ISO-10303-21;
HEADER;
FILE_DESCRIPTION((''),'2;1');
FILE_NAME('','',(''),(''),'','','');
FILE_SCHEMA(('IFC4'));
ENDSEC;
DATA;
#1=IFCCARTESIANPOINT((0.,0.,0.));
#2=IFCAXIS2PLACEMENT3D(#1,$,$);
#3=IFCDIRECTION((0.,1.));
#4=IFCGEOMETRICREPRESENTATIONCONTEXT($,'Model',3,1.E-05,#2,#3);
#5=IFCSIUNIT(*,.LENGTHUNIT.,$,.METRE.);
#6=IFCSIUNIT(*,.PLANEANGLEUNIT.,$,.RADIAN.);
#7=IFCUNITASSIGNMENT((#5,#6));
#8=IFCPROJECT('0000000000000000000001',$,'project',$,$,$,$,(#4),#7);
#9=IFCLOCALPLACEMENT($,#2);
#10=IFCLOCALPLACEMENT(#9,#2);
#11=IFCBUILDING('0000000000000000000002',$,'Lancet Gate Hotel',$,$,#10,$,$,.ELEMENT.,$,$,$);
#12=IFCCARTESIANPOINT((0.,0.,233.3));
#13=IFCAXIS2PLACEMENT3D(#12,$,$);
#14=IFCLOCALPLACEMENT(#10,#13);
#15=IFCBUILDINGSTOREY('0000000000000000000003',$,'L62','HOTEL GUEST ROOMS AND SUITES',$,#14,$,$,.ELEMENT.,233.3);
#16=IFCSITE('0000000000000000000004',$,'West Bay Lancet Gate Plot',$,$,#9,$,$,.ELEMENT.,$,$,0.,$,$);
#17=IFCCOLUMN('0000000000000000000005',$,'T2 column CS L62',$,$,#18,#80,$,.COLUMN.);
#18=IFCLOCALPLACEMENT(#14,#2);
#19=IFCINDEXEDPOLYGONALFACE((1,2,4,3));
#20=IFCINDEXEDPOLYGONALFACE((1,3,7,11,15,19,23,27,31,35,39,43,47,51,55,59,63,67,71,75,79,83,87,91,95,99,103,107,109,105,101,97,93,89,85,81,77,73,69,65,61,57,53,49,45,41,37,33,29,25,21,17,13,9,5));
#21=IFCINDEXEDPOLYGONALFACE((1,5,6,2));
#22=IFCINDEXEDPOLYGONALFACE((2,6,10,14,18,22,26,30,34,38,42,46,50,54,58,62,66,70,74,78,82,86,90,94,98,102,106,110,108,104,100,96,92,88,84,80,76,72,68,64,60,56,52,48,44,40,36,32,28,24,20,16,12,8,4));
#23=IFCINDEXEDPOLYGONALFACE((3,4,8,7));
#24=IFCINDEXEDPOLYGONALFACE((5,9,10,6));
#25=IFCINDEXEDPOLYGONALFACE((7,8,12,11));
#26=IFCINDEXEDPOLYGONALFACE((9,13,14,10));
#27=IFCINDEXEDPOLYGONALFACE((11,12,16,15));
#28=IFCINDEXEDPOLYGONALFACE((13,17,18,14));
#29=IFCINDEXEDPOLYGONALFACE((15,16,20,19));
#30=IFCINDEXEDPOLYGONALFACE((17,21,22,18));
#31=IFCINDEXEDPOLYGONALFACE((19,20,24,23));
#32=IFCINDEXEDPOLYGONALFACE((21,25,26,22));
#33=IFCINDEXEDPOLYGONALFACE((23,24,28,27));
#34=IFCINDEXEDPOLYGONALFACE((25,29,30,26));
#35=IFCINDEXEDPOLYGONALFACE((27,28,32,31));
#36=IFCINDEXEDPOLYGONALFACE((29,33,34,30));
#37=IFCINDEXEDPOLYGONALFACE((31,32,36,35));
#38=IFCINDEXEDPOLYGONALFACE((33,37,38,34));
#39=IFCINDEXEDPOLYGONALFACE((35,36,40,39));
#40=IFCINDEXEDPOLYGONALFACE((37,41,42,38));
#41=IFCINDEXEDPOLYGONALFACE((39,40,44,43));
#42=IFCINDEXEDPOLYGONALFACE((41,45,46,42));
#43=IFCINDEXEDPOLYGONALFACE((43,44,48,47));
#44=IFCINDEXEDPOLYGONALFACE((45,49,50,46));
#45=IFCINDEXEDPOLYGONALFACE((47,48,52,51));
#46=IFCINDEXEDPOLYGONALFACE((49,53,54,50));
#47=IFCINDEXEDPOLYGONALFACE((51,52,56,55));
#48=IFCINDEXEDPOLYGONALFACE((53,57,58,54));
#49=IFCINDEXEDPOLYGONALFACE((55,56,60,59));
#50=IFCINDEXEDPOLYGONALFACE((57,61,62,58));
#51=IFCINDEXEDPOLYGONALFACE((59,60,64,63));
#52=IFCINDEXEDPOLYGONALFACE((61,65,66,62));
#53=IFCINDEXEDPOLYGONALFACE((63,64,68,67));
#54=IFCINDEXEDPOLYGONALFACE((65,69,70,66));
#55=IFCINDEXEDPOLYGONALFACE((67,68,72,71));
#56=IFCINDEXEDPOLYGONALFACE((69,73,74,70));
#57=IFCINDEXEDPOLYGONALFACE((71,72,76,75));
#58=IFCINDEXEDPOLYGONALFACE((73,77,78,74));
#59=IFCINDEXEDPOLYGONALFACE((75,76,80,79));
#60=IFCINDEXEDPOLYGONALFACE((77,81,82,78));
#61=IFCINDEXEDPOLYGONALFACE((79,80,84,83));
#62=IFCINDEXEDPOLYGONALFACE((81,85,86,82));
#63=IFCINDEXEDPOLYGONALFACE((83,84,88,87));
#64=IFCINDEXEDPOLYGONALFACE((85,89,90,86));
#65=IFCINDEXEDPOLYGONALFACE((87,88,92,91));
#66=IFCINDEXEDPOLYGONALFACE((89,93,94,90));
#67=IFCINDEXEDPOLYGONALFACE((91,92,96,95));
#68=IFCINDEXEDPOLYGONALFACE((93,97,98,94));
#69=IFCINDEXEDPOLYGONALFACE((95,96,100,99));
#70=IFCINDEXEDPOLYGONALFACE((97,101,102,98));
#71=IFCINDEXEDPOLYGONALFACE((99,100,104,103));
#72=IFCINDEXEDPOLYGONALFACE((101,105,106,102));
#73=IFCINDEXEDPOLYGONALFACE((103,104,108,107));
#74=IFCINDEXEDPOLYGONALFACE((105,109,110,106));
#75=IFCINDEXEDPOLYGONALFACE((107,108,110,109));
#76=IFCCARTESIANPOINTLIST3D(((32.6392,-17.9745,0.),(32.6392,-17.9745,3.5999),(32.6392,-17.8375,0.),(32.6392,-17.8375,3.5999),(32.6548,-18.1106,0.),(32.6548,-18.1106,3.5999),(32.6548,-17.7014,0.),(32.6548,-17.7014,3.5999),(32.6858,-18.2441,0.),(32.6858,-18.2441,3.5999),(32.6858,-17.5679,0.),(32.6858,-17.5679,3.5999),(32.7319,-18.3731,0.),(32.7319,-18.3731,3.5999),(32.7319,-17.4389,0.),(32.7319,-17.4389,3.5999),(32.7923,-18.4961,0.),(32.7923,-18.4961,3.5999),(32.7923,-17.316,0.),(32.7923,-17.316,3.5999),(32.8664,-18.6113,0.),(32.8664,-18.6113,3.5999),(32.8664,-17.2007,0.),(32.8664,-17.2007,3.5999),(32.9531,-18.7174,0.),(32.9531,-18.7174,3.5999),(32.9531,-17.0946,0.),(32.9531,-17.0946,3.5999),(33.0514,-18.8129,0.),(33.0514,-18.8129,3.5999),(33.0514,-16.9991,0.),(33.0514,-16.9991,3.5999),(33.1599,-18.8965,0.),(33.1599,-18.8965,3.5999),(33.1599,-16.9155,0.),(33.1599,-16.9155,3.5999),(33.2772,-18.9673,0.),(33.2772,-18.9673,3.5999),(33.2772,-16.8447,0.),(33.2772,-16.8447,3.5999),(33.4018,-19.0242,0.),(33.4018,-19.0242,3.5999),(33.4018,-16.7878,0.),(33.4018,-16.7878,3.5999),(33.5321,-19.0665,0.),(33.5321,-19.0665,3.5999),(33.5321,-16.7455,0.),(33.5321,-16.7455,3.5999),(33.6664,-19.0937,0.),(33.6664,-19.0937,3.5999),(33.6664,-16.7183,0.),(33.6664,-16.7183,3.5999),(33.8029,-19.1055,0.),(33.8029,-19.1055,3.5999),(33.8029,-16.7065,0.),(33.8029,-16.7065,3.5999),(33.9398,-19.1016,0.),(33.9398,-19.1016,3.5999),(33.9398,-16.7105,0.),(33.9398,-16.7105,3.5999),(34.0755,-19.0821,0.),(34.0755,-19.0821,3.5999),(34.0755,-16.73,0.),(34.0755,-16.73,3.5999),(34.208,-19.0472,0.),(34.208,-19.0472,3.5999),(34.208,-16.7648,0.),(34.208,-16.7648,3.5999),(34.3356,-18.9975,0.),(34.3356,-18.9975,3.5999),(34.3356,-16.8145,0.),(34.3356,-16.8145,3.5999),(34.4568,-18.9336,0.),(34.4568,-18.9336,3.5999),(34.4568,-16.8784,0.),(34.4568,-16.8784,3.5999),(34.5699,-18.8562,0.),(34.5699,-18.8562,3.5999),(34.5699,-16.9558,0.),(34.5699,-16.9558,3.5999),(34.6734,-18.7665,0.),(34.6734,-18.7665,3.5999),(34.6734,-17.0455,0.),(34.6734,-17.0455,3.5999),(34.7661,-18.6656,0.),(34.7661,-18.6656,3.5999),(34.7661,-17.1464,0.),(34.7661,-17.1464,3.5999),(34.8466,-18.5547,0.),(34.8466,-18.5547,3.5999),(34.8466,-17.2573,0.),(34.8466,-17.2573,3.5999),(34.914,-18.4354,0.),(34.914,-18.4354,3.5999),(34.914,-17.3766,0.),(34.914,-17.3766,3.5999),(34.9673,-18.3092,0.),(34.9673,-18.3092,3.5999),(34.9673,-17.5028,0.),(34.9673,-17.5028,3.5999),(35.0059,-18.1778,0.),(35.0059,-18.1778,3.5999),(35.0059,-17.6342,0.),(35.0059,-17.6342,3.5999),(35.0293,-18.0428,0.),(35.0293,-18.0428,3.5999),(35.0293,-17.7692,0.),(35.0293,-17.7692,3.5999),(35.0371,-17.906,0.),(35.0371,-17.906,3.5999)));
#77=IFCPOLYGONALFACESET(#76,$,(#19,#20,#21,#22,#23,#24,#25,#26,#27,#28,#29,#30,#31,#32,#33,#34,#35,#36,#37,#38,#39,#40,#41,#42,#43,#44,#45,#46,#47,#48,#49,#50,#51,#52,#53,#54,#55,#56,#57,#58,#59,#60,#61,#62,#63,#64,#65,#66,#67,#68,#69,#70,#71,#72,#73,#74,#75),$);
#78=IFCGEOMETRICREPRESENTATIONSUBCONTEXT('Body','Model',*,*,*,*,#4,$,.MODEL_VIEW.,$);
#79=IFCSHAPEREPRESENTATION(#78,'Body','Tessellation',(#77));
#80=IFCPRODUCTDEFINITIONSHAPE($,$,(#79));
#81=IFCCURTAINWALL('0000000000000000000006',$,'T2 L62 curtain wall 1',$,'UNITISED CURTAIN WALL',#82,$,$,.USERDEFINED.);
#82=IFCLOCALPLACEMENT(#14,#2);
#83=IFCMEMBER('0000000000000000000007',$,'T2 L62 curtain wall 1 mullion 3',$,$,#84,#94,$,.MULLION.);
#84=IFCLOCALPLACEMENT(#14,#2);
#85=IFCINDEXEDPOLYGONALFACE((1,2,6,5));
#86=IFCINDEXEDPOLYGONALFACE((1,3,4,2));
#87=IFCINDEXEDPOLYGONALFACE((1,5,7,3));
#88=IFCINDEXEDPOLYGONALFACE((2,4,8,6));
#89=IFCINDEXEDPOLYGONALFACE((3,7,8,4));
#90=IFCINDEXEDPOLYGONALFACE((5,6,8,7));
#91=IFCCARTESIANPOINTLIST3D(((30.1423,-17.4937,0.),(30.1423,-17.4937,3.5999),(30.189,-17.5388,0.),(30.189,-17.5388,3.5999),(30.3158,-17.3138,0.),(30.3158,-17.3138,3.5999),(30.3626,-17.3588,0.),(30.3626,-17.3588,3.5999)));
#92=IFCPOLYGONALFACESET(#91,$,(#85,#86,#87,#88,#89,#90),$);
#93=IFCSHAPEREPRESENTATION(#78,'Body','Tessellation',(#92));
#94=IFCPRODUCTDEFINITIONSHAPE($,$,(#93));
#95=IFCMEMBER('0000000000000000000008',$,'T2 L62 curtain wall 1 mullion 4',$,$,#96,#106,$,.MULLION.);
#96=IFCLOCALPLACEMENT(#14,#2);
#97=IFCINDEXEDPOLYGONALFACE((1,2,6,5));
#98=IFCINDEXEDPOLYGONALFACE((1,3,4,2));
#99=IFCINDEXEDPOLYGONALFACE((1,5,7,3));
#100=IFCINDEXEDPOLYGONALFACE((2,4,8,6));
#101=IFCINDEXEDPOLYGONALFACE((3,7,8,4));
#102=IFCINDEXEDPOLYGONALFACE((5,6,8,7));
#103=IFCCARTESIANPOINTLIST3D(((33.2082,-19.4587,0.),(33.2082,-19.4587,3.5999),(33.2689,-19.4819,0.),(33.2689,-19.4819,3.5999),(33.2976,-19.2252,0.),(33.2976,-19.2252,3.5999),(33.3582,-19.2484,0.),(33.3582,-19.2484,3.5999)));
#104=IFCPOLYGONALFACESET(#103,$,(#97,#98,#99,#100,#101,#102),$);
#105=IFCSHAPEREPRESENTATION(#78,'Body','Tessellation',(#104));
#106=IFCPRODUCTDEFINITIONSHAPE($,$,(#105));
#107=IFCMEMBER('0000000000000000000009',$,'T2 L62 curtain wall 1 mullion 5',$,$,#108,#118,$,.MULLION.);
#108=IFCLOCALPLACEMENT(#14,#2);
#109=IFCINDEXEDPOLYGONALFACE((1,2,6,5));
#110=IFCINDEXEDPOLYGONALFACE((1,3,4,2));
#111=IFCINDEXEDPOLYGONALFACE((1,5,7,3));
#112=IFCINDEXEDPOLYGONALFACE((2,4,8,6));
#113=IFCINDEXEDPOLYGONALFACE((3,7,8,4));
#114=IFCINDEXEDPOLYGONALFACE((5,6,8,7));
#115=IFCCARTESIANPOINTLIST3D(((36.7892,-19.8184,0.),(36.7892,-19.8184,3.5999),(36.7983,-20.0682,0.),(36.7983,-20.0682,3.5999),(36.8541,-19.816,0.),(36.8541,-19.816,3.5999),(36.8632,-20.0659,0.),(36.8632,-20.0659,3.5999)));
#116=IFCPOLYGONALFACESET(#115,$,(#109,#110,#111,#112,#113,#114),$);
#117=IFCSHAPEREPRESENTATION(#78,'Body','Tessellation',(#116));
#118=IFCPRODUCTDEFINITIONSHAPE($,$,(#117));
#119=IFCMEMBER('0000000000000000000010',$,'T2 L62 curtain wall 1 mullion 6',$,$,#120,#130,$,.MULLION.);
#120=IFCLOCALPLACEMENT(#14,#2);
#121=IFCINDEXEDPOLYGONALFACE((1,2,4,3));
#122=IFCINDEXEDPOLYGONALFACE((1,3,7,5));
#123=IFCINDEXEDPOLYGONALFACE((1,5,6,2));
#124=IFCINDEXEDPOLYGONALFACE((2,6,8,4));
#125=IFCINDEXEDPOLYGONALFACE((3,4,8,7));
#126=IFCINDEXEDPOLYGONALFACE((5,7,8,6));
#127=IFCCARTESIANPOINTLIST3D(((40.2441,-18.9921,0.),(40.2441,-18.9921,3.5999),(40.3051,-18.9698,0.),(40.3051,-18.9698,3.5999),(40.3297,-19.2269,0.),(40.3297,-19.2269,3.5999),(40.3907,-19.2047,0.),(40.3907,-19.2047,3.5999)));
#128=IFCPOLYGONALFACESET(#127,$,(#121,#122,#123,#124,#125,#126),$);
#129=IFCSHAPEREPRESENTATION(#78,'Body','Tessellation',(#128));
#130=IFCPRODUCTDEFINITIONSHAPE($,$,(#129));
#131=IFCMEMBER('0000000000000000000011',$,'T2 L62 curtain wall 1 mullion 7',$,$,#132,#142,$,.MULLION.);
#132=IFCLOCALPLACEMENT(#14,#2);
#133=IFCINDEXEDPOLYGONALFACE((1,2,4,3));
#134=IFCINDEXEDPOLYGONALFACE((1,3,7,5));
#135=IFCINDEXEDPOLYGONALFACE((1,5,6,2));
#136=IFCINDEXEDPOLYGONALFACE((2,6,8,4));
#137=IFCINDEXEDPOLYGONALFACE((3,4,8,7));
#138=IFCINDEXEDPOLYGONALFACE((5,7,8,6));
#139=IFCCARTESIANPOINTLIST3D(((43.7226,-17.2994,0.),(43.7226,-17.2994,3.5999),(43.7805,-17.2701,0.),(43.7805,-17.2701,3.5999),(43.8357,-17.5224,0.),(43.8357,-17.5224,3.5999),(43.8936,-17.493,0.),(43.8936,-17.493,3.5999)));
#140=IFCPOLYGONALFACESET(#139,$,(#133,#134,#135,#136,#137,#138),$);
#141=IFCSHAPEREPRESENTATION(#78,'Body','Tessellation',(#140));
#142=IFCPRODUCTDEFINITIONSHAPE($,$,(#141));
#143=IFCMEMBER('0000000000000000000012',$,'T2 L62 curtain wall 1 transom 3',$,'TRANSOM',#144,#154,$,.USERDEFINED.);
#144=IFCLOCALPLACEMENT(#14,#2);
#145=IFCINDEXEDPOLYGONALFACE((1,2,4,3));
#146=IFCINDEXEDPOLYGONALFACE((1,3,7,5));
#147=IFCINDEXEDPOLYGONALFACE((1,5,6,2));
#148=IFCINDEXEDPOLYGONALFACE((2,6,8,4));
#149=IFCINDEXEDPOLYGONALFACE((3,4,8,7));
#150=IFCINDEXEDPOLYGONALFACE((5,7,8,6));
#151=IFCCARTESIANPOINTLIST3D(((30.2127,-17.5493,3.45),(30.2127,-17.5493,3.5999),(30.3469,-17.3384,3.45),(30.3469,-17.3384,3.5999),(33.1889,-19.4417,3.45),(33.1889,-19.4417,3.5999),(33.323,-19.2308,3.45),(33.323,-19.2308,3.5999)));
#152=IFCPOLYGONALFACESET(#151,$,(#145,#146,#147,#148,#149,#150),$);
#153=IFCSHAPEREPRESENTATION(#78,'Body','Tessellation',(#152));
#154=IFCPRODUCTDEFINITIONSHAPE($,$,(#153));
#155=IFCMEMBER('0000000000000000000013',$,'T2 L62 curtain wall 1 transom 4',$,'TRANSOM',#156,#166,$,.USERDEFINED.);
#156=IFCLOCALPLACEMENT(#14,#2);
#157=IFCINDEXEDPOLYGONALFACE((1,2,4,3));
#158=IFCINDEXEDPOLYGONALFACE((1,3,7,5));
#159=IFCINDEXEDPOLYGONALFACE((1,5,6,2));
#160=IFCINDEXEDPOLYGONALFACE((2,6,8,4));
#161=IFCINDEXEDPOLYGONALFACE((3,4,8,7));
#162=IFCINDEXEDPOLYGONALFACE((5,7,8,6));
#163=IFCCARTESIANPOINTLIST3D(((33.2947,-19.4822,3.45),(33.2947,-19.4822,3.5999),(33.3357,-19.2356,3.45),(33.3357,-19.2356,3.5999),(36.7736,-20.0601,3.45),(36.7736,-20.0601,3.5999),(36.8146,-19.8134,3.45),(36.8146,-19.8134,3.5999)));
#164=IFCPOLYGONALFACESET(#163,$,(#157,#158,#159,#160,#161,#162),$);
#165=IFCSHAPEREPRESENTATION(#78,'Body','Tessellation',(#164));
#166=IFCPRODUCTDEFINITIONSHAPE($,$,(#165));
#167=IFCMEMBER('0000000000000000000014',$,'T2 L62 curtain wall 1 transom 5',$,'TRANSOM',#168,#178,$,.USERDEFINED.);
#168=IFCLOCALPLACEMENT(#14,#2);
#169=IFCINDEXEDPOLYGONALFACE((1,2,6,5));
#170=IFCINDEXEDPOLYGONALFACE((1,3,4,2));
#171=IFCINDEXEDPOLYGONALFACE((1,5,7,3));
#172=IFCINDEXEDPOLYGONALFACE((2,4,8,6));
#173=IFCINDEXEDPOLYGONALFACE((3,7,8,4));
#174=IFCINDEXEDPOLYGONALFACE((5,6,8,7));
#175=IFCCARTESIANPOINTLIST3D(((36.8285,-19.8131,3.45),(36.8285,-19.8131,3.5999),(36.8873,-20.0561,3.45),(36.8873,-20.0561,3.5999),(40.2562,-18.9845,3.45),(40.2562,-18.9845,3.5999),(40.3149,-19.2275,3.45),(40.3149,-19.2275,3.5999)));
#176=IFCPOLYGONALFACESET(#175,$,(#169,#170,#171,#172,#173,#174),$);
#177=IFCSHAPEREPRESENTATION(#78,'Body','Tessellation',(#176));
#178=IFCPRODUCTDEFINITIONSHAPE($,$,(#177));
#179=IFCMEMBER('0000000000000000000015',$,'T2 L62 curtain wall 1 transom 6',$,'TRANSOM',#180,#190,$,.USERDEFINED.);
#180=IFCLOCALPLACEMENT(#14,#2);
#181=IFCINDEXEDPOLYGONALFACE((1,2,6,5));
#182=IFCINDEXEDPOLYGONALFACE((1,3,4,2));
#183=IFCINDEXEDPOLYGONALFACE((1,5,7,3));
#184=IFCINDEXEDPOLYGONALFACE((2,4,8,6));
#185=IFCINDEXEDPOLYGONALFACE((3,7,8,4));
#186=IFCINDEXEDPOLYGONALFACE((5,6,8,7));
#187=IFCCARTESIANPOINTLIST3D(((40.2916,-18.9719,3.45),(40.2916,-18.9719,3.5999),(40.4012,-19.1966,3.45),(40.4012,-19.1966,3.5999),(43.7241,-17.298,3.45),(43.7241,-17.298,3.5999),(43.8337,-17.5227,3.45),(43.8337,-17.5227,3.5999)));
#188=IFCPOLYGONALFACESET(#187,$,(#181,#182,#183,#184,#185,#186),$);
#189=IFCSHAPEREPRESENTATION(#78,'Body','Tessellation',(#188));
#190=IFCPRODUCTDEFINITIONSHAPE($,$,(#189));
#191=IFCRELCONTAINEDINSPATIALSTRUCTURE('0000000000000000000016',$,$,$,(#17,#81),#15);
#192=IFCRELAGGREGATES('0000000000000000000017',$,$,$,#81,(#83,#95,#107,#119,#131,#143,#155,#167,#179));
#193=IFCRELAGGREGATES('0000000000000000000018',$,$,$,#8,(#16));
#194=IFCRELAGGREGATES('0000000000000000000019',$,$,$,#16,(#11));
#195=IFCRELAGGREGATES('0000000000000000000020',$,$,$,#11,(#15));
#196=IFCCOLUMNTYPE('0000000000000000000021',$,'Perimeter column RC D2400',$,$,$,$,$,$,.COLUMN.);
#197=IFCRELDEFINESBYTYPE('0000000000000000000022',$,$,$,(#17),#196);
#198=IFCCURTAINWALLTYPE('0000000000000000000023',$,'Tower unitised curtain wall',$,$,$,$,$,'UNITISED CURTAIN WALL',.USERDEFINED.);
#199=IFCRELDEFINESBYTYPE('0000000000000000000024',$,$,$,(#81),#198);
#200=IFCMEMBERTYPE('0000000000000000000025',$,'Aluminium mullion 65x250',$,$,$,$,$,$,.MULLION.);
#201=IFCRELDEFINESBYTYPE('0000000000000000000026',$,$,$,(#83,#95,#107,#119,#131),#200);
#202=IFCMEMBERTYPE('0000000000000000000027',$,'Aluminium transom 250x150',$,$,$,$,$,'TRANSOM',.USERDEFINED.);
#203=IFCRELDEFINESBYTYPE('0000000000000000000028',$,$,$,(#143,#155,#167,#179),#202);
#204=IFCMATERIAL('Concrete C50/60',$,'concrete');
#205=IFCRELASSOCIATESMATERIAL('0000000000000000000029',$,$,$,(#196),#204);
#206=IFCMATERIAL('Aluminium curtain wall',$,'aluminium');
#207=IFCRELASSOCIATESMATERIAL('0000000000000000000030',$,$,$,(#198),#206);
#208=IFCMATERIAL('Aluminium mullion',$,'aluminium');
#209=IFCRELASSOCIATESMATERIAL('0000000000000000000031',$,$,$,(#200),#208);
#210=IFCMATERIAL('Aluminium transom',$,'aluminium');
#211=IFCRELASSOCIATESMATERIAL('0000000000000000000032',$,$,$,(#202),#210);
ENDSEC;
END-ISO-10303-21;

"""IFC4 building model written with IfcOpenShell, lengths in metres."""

from ifc_helpers import new_model, si_unit, direction, frame, origin, origin_2d, place, context, subcontext, project, spatial, rectangle, circle, extrude, material, material_profile, profile_set, type_object, element, aggregate, save


model = new_model("IFC4")

# Units and contexts
model_context = context("Model", 3, precision=1e-05, world=origin(), true_north=direction((0.0, 1.0)))
body_context = subcontext(model_context, "Body", "Model", "MODEL_VIEW")
ifc_project = project(units=[si_unit("LENGTHUNIT", "METRE"), si_unit("PLANEANGLEUNIT", "RADIAN")], contexts=[model_context])

# Site, building, storey
site_placement = place(None, origin())
site = spatial("IfcSite", under=ifc_project, at=site_placement, Name="West Bay Lancet Gate Plot", CompositionType="ELEMENT", RefElevation=0.0)
building_placement = place(site_placement, origin())
building = spatial("IfcBuilding", under=site, at=building_placement, Name="Lancet Gate Hotel", CompositionType="ELEMENT")
storey_placement = place(building_placement, frame((0.0, 0.0, 233.3)))
storey = spatial("IfcBuildingStorey", under=building, at=storey_placement, Name="L62", Description="HOTEL GUEST ROOMS AND SUITES", CompositionType="ELEMENT", Elevation=233.3)

# Column
ifc_material_1 = material(Name="Concrete C50/60", Category="concrete")
ifc_material_profile_1 = material_profile(ifc_material_1, circle(Radius=1.2, at=origin_2d()), Name="RC D2400")
ifc_profile_set_1 = profile_set([ifc_material_profile_1], Name="Concrete C50/60")
column_type = type_object("IfcColumnType", Name="Perimeter column RC D2400", PredefinedType="COLUMN", material=ifc_profile_set_1)
column_placement = place(storey_placement, frame((33.8372, -17.906, 0.0), z_axis=(0.0, 0.0, 1.0), x_axis=(1.0, 0.0, 0.0)))
element("IfcColumn", 1, at=column_placement, inside=storey, type_object=column_type, Name="T2 column CS L62", PredefinedType="COLUMN", context=body_context, shape_type="SweptSolid", body=[
    extrude(circle(Radius=1.2, at=origin_2d()), origin(), (0.0, 0.0, 1.0), 3.5999),
])

# Curtain wall, members
ifc_material_2 = material(Name="Aluminium curtain wall", Category="aluminium")
curtain_wall_type = type_object("IfcCurtainWallType", Name="Tower unitised curtain wall", ElementType="UNITISED CURTAIN WALL", PredefinedType="USERDEFINED", material=ifc_material_2)
curtain_wall_placement = place(storey_placement, origin())
curtain_wall = element("IfcCurtainWall", 2, at=curtain_wall_placement, inside=storey, type_object=curtain_wall_type, Name="T2 L62 curtain wall 1", ObjectType="UNITISED CURTAIN WALL", PredefinedType="USERDEFINED")
ifc_material_3 = material(Name="Aluminium mullion", Category="aluminium")
ifc_material_profile_2 = material_profile(ifc_material_3, rectangle(XDim=0.0649, YDim=0.25, at=origin_2d()), Name="MULLION 65x250")
ifc_profile_set_2 = profile_set([ifc_material_profile_2], Name="Aluminium mullion")
member_type_1 = type_object("IfcMemberType", Name="Aluminium mullion 65x250", PredefinedType="MULLION", material=ifc_profile_set_2)
member_1_placement = place(storey_placement, frame((30.2524, -17.4263, 0.0), z_axis=(0.0, 0.0, 1.0), x_axis=(0.719809, -0.694172, 0.0)))
member_1 = element("IfcMember", 3, at=member_1_placement, type_object=member_type_1, Name="T2 L62 curtain wall 1 mullion 3", PredefinedType="MULLION", context=body_context, shape_type="SweptSolid", body=[
    extrude(rectangle(XDim=0.0649, YDim=0.25, at=origin_2d()), origin(), (0.0, 0.0, 1.0), 3.5999),
])
member_2_placement = place(storey_placement, frame((33.2832, -19.3535, 0.0), z_axis=(0.0, 0.0, 1.0), x_axis=(0.933943, -0.357421, 0.0)))
member_2 = element("IfcMember", 4, at=member_2_placement, type_object=member_type_1, Name="T2 L62 curtain wall 1 mullion 4", PredefinedType="MULLION", context=body_context, shape_type="SweptSolid", body=[
    extrude(rectangle(XDim=0.0649, YDim=0.25, at=origin_2d()), origin(), (0.0, 0.0, 1.0), 3.5999),
])
member_3_placement = place(storey_placement, frame((36.8262, -19.9421, 0.0), z_axis=(0.0, 0.0, 1.0), x_axis=(0.999343, 0.03625, 0.0)))
member_3 = element("IfcMember", 5, at=member_3_placement, type_object=member_type_1, Name="T2 L62 curtain wall 1 mullion 5", PredefinedType="MULLION", context=body_context, shape_type="SweptSolid", body=[
    extrude(rectangle(XDim=0.0649, YDim=0.25, at=origin_2d()), origin(), (0.0, 0.0, 1.0), 3.5999),
])
member_4_placement = place(storey_placement, frame((40.3174, -19.0984, 0.0), z_axis=(0.0, 0.0, 1.0), x_axis=(0.939484, 0.342593, 0.0)))
member_4 = element("IfcMember", 6, at=member_4_placement, type_object=member_type_1, Name="T2 L62 curtain wall 1 mullion 6", PredefinedType="MULLION", context=body_context, shape_type="SweptSolid", body=[
    extrude(rectangle(XDim=0.0649, YDim=0.25, at=origin_2d()), origin(), (0.0, 0.0, 1.0), 3.5999),
])
member_5_placement = place(storey_placement, frame((43.8081, -17.3962, 0.0), z_axis=(0.0, 0.0, 1.0), x_axis=(0.891833, 0.452365, 0.0)))
member_5 = element("IfcMember", 7, at=member_5_placement, type_object=member_type_1, Name="T2 L62 curtain wall 1 mullion 7", PredefinedType="MULLION", context=body_context, shape_type="SweptSolid", body=[
    extrude(rectangle(XDim=0.0649, YDim=0.25, at=origin_2d()), origin(), (0.0, 0.0, 1.0), 3.5999),
])
ifc_material_4 = material(Name="Aluminium transom", Category="aluminium")
ifc_material_profile_3 = material_profile(ifc_material_4, rectangle(XDim=0.25, YDim=0.1499, at=origin_2d()), Name="TRANSOM 250x150")
ifc_profile_set_3 = profile_set([ifc_material_profile_3], Name="Aluminium transom")
member_type_2 = type_object("IfcMemberType", Name="Aluminium transom 250x150", ElementType="TRANSOM", PredefinedType="USERDEFINED", material=ifc_profile_set_3)
member_6_placement = place(storey_placement, frame((30.2798, -17.4438, 3.5249), z_axis=(0.843858, -0.536566, 0.0), x_axis=(0.536566, 0.843858, 0.0)))
member_6 = element("IfcMember", 8, at=member_6_placement, type_object=member_type_2, Name="T2 L62 curtain wall 1 transom 3", ObjectType="TRANSOM", PredefinedType="USERDEFINED", context=body_context, shape_type="SweptSolid", body=[
    extrude(rectangle(XDim=0.25, YDim=0.1499, at=origin_2d()), origin(), (0.0, 0.0, 1.0), 3.5269),
])
member_7_placement = place(storey_placement, frame((33.3152, -19.3589, 3.5249), z_axis=(0.986484, -0.16386, 0.0), x_axis=(0.16386, 0.986484, 0.0)))
member_7 = element("IfcMember", 9, at=member_7_placement, type_object=member_type_2, Name="T2 L62 curtain wall 1 transom 4", ObjectType="TRANSOM", PredefinedType="USERDEFINED", context=body_context, shape_type="SweptSolid", body=[
    extrude(rectangle(XDim=0.25, YDim=0.1499, at=origin_2d()), origin(), (0.0, 0.0, 1.0), 3.5266),
])
member_8_placement = place(storey_placement, frame((36.8579, -19.9346, 3.5249), z_axis=(0.972003, 0.23497, 0.0), x_axis=(-0.23497, 0.972003, 0.0)))
member_8 = element("IfcMember", 10, at=member_8_placement, type_object=member_type_2, Name="T2 L62 curtain wall 1 transom 5", ObjectType="TRANSOM", PredefinedType="USERDEFINED", context=body_context, shape_type="SweptSolid", body=[
    extrude(rectangle(XDim=0.25, YDim=0.1499, at=origin_2d()), origin(), (0.0, 0.0, 1.0), 3.5264),
])
member_9_placement = place(storey_placement, frame((40.3464, -19.0842, 3.5249), z_axis=(0.89882, 0.438318, 0.0), x_axis=(-0.438318, 0.89882, 0.0)))
member_9 = element("IfcMember", 11, at=member_9_placement, type_object=member_type_2, Name="T2 L62 curtain wall 1 transom 6", ObjectType="TRANSOM", PredefinedType="USERDEFINED", context=body_context, shape_type="SweptSolid", body=[
    extrude(rectangle(XDim=0.25, YDim=0.1499, at=origin_2d()), origin(), (0.0, 0.0, 1.0), 3.8188),
])

aggregate(curtain_wall, [member_1, member_2, member_3, member_4, member_5, member_6, member_7, member_8, member_9])

save(model, "model.ifc")
